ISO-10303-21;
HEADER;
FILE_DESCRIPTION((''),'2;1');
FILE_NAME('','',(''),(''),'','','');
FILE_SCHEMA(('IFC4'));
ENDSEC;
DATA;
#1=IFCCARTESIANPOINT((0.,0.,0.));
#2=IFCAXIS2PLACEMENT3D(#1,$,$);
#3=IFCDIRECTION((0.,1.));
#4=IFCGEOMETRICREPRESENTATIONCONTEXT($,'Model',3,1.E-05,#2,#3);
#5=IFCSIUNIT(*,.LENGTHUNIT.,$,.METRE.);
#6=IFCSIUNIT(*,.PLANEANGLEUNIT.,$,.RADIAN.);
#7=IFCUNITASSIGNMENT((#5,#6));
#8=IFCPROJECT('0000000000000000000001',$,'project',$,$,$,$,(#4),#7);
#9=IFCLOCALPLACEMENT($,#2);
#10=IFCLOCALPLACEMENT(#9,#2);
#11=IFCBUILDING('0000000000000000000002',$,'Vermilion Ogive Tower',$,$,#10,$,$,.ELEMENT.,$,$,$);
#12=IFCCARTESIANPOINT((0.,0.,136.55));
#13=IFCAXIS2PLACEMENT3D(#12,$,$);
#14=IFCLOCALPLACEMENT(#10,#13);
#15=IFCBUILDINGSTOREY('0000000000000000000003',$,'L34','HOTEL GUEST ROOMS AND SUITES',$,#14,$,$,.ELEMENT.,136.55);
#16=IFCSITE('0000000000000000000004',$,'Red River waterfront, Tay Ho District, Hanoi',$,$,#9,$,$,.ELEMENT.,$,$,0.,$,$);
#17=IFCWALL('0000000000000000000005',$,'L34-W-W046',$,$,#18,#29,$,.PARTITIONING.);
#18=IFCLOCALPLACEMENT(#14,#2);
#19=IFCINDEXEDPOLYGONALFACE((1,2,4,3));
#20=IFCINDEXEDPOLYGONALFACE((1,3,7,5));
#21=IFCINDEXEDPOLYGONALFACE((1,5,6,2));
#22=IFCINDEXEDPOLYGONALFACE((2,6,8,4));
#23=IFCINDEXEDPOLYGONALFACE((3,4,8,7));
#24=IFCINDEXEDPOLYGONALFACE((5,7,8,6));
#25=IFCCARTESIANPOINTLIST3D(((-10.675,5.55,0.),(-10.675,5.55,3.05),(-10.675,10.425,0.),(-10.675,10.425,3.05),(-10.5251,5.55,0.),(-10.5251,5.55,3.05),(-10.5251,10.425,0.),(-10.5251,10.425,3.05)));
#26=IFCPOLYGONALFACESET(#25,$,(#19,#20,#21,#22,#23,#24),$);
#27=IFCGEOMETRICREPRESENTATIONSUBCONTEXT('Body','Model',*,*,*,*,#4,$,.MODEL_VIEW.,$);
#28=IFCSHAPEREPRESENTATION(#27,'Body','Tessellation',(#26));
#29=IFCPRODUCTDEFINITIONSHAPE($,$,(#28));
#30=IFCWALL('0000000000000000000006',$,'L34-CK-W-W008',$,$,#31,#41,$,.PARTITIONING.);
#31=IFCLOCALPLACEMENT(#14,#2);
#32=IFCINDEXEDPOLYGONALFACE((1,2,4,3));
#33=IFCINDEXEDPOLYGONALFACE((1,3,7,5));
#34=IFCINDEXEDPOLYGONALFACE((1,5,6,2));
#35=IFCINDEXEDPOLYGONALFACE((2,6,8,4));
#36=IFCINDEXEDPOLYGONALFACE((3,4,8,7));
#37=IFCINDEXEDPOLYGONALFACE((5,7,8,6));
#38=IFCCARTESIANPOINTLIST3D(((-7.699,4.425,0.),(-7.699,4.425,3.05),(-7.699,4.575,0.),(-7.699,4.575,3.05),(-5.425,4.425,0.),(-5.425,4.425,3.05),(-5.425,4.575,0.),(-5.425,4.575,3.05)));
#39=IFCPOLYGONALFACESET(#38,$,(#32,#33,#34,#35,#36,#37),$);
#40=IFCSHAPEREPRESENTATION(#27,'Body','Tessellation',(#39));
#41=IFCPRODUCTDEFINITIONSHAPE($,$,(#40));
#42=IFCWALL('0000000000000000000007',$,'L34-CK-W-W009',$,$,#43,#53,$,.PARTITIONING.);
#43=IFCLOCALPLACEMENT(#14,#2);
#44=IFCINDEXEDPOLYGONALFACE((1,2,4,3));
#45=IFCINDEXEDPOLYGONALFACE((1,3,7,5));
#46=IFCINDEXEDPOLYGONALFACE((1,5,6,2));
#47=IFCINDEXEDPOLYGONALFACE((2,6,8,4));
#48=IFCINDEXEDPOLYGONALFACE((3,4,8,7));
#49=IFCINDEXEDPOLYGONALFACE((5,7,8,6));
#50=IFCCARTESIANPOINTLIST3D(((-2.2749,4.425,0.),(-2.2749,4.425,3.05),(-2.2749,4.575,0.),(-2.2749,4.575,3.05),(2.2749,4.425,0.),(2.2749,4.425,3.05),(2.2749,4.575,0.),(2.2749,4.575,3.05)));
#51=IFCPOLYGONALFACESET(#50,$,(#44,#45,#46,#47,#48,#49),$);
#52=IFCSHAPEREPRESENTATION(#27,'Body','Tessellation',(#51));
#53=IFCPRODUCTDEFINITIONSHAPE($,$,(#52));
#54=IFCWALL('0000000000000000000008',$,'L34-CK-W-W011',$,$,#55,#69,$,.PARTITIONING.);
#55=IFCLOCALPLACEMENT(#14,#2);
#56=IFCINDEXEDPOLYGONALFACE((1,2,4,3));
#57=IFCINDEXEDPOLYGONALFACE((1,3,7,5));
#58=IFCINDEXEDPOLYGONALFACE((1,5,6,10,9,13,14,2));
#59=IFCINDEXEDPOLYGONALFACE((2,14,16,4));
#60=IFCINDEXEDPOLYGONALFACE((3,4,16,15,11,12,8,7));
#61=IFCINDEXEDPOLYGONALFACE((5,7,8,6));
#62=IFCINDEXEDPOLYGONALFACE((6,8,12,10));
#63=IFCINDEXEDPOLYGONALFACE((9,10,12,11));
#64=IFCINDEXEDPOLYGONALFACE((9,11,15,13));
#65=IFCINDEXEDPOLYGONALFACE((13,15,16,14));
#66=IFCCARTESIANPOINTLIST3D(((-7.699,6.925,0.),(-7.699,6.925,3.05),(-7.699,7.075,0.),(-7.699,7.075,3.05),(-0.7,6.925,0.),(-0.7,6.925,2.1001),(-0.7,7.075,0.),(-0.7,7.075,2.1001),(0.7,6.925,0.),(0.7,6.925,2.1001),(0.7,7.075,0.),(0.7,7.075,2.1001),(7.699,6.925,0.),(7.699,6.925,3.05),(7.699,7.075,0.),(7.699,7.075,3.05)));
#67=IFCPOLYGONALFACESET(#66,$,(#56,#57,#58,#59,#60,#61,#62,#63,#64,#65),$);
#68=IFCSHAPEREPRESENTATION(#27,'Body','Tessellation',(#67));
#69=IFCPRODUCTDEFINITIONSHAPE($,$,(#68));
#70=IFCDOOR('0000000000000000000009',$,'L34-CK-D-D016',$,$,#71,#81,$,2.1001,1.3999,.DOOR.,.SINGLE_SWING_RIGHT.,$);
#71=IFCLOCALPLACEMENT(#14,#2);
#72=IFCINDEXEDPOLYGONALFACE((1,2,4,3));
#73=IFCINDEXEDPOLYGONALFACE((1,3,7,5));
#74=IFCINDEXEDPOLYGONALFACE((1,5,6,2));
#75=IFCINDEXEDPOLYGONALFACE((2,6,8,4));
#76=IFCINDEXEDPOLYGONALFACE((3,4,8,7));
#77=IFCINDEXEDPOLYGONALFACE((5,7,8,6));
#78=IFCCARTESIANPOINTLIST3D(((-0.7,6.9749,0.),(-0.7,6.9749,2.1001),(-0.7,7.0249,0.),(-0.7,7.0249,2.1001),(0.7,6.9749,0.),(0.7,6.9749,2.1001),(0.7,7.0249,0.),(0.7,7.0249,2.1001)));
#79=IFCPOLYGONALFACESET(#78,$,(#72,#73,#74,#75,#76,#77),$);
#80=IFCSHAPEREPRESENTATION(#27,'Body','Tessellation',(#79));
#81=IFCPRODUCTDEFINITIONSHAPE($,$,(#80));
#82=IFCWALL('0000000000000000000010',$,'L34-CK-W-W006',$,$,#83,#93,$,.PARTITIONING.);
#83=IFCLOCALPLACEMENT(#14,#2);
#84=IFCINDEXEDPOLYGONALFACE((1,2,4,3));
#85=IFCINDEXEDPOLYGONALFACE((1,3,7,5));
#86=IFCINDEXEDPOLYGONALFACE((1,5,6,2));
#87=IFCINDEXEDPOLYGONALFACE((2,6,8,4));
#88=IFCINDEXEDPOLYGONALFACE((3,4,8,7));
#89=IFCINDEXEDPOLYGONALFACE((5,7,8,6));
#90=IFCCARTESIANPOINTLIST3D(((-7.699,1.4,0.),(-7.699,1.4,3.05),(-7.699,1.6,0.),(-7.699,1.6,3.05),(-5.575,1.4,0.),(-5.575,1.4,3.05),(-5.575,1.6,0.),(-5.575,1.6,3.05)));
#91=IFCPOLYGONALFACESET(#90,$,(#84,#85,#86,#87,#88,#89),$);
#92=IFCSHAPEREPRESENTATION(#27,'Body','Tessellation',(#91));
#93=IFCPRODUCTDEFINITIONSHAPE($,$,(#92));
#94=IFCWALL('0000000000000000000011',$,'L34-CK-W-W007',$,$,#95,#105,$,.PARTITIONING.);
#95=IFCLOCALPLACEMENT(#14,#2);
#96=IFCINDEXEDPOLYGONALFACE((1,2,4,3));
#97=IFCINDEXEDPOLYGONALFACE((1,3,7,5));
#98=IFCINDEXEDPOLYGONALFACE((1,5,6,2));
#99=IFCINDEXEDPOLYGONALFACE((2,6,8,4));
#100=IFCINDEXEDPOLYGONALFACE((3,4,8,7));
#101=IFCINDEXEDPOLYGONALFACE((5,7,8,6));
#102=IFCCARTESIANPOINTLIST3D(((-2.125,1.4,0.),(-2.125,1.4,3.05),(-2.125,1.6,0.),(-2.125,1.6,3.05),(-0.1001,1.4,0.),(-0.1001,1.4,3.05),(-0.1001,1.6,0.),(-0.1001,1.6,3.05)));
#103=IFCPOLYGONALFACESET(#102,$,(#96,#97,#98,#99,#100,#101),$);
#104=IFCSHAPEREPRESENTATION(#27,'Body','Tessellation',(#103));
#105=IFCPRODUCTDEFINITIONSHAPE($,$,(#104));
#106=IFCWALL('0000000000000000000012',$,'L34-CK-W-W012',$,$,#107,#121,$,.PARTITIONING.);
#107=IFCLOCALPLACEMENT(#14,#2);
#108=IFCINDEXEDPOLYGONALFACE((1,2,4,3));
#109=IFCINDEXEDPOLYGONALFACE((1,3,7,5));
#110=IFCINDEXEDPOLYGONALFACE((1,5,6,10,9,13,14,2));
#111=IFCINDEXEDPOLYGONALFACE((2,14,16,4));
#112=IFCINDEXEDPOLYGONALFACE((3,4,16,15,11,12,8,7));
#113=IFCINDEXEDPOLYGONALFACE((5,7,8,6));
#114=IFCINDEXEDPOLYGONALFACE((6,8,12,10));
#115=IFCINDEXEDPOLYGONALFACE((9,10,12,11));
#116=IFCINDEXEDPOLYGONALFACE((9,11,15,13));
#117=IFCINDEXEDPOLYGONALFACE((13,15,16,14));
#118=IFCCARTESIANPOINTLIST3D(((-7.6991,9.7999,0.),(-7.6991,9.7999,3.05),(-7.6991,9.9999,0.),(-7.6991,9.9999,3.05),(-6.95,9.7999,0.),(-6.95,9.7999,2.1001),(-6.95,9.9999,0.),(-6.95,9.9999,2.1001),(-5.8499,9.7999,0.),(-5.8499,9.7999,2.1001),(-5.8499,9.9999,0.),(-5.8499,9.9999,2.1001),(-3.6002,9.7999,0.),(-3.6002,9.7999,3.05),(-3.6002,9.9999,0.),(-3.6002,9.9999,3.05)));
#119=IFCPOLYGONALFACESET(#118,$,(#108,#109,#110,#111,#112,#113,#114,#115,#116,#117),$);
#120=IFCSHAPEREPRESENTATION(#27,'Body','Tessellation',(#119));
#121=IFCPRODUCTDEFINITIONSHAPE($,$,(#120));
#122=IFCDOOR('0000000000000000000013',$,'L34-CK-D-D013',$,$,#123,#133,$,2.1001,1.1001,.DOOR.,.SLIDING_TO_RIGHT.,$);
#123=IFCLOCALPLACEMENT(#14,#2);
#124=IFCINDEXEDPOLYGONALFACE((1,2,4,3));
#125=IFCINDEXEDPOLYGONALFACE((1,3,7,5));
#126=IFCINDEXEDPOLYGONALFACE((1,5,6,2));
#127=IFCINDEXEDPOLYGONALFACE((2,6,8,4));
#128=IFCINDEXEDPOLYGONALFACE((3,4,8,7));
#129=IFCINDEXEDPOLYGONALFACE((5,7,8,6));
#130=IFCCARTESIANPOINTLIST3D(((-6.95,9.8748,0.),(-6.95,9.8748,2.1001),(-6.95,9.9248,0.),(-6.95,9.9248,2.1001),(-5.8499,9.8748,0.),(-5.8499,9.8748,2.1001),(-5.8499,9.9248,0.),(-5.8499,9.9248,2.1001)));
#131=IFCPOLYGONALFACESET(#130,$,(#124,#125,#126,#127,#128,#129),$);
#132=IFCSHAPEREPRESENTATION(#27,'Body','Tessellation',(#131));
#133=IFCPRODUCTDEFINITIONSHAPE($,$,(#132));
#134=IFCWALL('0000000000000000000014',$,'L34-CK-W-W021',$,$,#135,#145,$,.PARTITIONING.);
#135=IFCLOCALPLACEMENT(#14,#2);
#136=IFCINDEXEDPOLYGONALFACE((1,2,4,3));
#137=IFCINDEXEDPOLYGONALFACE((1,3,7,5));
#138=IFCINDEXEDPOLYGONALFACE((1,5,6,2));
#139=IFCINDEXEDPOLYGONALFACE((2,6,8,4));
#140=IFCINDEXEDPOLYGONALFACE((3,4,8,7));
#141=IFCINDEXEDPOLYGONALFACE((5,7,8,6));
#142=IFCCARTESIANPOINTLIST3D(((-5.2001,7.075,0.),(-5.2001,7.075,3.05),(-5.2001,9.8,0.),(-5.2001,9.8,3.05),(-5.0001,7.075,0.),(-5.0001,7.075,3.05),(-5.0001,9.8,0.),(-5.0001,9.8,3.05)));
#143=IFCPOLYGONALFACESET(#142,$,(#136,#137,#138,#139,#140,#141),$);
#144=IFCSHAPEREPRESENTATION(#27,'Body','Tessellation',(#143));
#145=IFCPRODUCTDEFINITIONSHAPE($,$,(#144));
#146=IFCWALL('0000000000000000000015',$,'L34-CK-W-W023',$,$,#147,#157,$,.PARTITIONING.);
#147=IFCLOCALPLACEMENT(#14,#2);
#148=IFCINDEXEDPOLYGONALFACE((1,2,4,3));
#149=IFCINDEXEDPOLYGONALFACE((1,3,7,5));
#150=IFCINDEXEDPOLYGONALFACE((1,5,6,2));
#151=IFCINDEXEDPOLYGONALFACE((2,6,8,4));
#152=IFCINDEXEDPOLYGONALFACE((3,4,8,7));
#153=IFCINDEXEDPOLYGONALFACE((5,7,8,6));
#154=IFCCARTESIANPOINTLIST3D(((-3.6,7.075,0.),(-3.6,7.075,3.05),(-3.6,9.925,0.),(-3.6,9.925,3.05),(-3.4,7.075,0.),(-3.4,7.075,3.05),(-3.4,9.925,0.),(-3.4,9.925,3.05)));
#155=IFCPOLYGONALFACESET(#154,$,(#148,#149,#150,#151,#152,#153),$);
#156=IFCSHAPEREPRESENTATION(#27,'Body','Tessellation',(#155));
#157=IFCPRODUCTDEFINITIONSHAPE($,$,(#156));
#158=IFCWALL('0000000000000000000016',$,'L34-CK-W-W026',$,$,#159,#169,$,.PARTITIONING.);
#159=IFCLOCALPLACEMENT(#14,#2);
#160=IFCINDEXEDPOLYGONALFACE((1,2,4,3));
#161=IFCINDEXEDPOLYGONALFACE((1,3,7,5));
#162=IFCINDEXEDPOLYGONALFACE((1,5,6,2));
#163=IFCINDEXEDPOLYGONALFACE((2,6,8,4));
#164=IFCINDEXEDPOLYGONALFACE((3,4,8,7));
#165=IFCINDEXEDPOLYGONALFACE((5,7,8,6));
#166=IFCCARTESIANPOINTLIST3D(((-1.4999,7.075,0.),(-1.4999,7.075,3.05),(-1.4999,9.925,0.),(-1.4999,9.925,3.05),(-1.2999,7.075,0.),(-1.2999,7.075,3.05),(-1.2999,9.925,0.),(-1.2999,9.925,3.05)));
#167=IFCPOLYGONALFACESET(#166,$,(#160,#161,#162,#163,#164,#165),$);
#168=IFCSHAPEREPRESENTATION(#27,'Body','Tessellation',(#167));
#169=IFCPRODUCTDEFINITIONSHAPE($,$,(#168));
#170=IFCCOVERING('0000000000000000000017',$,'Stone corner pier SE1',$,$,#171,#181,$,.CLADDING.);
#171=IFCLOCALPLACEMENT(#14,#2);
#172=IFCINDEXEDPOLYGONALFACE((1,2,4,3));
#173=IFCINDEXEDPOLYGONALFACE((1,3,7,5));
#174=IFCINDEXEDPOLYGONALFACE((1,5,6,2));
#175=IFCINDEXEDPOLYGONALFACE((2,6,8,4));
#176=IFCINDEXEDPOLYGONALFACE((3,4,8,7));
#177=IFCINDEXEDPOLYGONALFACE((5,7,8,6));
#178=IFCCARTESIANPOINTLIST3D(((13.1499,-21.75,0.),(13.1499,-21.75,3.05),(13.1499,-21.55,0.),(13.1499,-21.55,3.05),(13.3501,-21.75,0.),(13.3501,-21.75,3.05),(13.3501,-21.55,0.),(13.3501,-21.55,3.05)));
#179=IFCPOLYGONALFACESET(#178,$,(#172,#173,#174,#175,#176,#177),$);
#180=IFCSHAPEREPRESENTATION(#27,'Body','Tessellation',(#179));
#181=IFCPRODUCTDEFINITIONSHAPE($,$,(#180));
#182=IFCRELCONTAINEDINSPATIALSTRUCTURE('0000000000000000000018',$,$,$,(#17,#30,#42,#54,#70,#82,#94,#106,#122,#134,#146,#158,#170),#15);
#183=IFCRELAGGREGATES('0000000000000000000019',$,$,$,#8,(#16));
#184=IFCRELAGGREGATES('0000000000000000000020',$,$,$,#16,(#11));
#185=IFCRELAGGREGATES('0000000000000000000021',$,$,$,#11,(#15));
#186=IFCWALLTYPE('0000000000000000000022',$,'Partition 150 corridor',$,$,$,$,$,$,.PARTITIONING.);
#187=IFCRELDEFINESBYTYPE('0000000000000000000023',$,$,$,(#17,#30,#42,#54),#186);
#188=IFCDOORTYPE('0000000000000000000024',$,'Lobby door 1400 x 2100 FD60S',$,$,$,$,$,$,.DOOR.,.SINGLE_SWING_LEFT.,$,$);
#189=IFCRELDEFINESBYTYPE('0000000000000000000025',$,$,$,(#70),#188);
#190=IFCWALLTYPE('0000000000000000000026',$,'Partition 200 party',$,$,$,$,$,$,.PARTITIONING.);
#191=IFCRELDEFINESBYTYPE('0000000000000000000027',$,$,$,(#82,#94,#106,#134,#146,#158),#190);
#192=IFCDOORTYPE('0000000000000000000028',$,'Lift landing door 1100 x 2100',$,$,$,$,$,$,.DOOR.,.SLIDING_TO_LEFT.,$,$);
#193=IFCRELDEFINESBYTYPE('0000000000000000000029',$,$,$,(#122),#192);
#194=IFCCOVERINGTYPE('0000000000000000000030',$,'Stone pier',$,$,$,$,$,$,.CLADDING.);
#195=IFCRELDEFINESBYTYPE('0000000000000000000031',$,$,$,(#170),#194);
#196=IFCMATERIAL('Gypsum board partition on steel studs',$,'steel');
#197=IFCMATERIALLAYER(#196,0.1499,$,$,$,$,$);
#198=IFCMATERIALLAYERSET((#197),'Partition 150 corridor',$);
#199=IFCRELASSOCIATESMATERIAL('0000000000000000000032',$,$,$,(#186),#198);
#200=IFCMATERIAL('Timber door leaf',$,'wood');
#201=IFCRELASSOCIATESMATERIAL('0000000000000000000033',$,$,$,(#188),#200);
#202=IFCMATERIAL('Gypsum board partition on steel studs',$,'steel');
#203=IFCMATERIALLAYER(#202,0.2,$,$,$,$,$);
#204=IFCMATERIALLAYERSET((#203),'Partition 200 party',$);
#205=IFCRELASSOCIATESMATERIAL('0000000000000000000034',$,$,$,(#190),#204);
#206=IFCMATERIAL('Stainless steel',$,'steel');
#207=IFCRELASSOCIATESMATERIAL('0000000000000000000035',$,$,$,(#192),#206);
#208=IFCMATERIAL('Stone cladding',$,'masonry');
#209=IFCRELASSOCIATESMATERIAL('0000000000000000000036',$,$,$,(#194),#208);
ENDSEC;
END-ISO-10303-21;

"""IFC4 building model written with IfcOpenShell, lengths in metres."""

from ifc_helpers import new_model, si_unit, direction, frame, frame_2d, origin, place, context, subcontext, project, spatial, polyline, rectangle, outline, extrude, material, layer, layer_set, type_object, element, fill, save


model = new_model("IFC4")

# Units and contexts
model_context = context("Model", 3, precision=1e-05, world=origin(), true_north=direction((0.0, 1.0)))
body_context = subcontext(model_context, "Body", "Model", "MODEL_VIEW")
ifc_project = project(units=[si_unit("LENGTHUNIT", "METRE"), si_unit("PLANEANGLEUNIT", "RADIAN")], contexts=[model_context])

# Site, building, storey
site_placement = place(None, origin())
site = spatial("IfcSite", under=ifc_project, at=site_placement, Name="Red River waterfront, Tay Ho District, Hanoi", CompositionType="ELEMENT", RefElevation=0.0)
building_placement = place(site_placement, origin())
building = spatial("IfcBuilding", under=site, at=building_placement, Name="Vermilion Ogive Tower", CompositionType="ELEMENT")
storey_placement = place(building_placement, frame((0.0, 0.0, 136.55)))
storey = spatial("IfcBuildingStorey", under=building, at=storey_placement, Name="L34", Description="HOTEL GUEST ROOMS AND SUITES", CompositionType="ELEMENT", Elevation=136.55)

# Walls
ifc_material_1 = material(Name="Gypsum board partition on steel studs", Category="steel")
ifc_layer_1 = layer(ifc_material_1, 0.1499)
ifc_layer_set_1 = layer_set([ifc_layer_1], Name="Partition 150 corridor")
wall_type_1 = type_object("IfcWallType", Name="Partition 150 corridor", PredefinedType="PARTITIONING", material=ifc_layer_set_1)
wall_1_placement = place(storey_placement, frame((-10.6001, 5.55, 0.0), z_axis=(0.0, 0.0, 1.0), x_axis=(0.0, 1.0, 0.0)))
element("IfcWall", 1, at=wall_1_placement, inside=storey, type_object=wall_type_1, Name="L34-W-W046", PredefinedType="PARTITIONING", context=body_context, shape_type="SweptSolid", body=[
    extrude(rectangle(XDim=4.875, YDim=0.1499, at=frame_2d((2.4375, 0.0))), origin(), (0.0, 0.0, 1.0), 3.05),
])
wall_2_placement = place(storey_placement, frame((-7.699, 4.5, 0.0), z_axis=(0.0, 0.0, 1.0), x_axis=(1.0, 0.0, 0.0)))
element("IfcWall", 2, at=wall_2_placement, inside=storey, type_object=wall_type_1, Name="L34-CK-W-W008", PredefinedType="PARTITIONING", context=body_context, shape_type="SweptSolid", body=[
    extrude(rectangle(XDim=2.2739, YDim=0.1499, at=frame_2d((1.137, 0.0))), origin(), (0.0, 0.0, 1.0), 3.05),
])
wall_3_placement = place(storey_placement, frame((-2.2749, 4.5, 0.0), z_axis=(0.0, 0.0, 1.0), x_axis=(1.0, 0.0, 0.0)))
element("IfcWall", 3, at=wall_3_placement, inside=storey, type_object=wall_type_1, Name="L34-CK-W-W009", PredefinedType="PARTITIONING", context=body_context, shape_type="SweptSolid", body=[
    extrude(rectangle(XDim=4.5498, YDim=0.1499, at=frame_2d((2.2749, 0.0))), origin(), (0.0, 0.0, 1.0), 3.05),
])

# Wall, opening, door
wall_4_placement = place(storey_placement, frame((-7.699, 7.0, 0.0), z_axis=(0.0, 0.0, 1.0), x_axis=(1.0, 0.0, 0.0)))
wall_4 = element("IfcWall", 4, at=wall_4_placement, inside=storey, type_object=wall_type_1, Name="L34-CK-W-W011", PredefinedType="PARTITIONING", context=body_context, shape_type="SweptSolid", body=[
    extrude(rectangle(XDim=15.3979, YDim=0.1499, at=frame_2d((7.699, 0.0))), origin(), (0.0, 0.0, 1.0), 3.05),
])
opening_1_placement = place(wall_4_placement, frame((6.999, 0.0, 0.0)))
opening_1 = element("IfcOpeningElement", 5, at=opening_1_placement, cuts=wall_4, PredefinedType="OPENING", context=body_context, shape_type="SweptSolid", body=[
    extrude(rectangle(XDim=1.3999, YDim=2.1001, at=frame_2d((0.7, 1.05))), frame((0.0, 0.085, 0.0), z_axis=(0.0, -1.0, 0.0), x_axis=(1.0, 0.0, 0.0)), (0.0, 0.0, 1.0), 0.1699),
])
ifc_material_2 = material(Name="Timber door leaf", Category="wood")
door_type_1 = type_object("IfcDoorType", Name="Lobby door 1400 x 2100 FD60S", OperationType="SINGLE_SWING_LEFT", PredefinedType="DOOR", material=ifc_material_2)
door_1_placement = place(opening_1_placement, origin())
door_1 = element("IfcDoor", 6, at=door_1_placement, inside=storey, type_object=door_type_1, Name="L34-CK-D-D016", OperationType="SINGLE_SWING_RIGHT", OverallHeight=2.1001, OverallWidth=1.3999, PredefinedType="DOOR", context=body_context, shape_type="SweptSolid", body=[
    extrude(rectangle(XDim=1.3999, YDim=2.1001, at=frame_2d((0.7, 1.05))), frame((0.0, 0.0249, 0.0), z_axis=(0.0, -1.0, 0.0), x_axis=(1.0, 0.0, 0.0)), (0.0, 0.0, 1.0), 0.05),
])
fill(opening_1, door_1)

# Walls
ifc_material_3 = material(Name="Gypsum board partition on steel studs", Category="steel")
ifc_layer_2 = layer(ifc_material_3, 0.2)
ifc_layer_set_2 = layer_set([ifc_layer_2], Name="Partition 200 party")
wall_type_2 = type_object("IfcWallType", Name="Partition 200 party", PredefinedType="PARTITIONING", material=ifc_layer_set_2)
wall_5_placement = place(storey_placement, frame((-7.699, 1.5, 0.0), z_axis=(0.0, 0.0, 1.0), x_axis=(1.0, 0.0, 0.0)))
element("IfcWall", 7, at=wall_5_placement, inside=storey, type_object=wall_type_2, Name="L34-CK-W-W006", PredefinedType="PARTITIONING", context=body_context, shape_type="SweptSolid", body=[
    extrude(rectangle(XDim=2.124, YDim=0.2, at=frame_2d((1.062, 0.0))), origin(), (0.0, 0.0, 1.0), 3.05),
])
wall_6_placement = place(storey_placement, frame((-2.125, 1.5, 0.0), z_axis=(0.0, 0.0, 1.0), x_axis=(1.0, 0.0, 0.0)))
element("IfcWall", 8, at=wall_6_placement, inside=storey, type_object=wall_type_2, Name="L34-CK-W-W007", PredefinedType="PARTITIONING", context=body_context, shape_type="SweptSolid", body=[
    extrude(rectangle(XDim=2.0249, YDim=0.2, at=frame_2d((1.0125, 0.0))), origin(), (0.0, 0.0, 1.0), 3.05),
])

# Wall, opening, door
wall_7_placement = place(storey_placement, frame((-7.699, 9.8999, 0.0), z_axis=(0.0, 0.0, 1.0), x_axis=(1.0, 0.0, 0.0)))
wall_7 = element("IfcWall", 9, at=wall_7_placement, inside=storey, type_object=wall_type_2, Name="L34-CK-W-W012", PredefinedType="PARTITIONING", context=body_context, shape_type="SweptSolid", body=[
    extrude(rectangle(XDim=4.0989, YDim=0.2, at=frame_2d((2.0493, 0.0))), origin(), (0.0, 0.0, 1.0), 3.05),
])
opening_2_placement = place(wall_7_placement, frame((0.749, 0.0, 0.0)))
opening_2 = element("IfcOpeningElement", 10, at=opening_2_placement, cuts=wall_7, PredefinedType="OPENING", context=body_context, shape_type="SweptSolid", body=[
    extrude(rectangle(XDim=1.1001, YDim=2.1001, at=frame_2d((0.55, 1.05))), frame((0.0, 0.1099, 0.0), z_axis=(0.0, -1.0, 0.0), x_axis=(1.0, 0.0, 0.0)), (0.0, 0.0, 1.0), 0.22),
])
ifc_material_4 = material(Name="Stainless steel", Category="steel")
door_type_2 = type_object("IfcDoorType", Name="Lift landing door 1100 x 2100", OperationType="SLIDING_TO_LEFT", PredefinedType="DOOR", material=ifc_material_4)
door_2_placement = place(opening_2_placement, origin())
door_2 = element("IfcDoor", 11, at=door_2_placement, inside=storey, type_object=door_type_2, Name="L34-CK-D-D013", OperationType="SLIDING_TO_RIGHT", OverallHeight=2.1001, OverallWidth=1.1001, PredefinedType="DOOR", context=body_context, shape_type="SweptSolid", body=[
    extrude(rectangle(XDim=1.1001, YDim=2.1001, at=frame_2d((0.55, 1.05))), frame((0.0, 0.0249, 0.0), z_axis=(0.0, -1.0, 0.0), x_axis=(1.0, 0.0, 0.0)), (0.0, 0.0, 1.0), 0.05),
])
fill(opening_2, door_2)

# Walls
wall_8_placement = place(storey_placement, frame((-5.1001, 7.075, 0.0), z_axis=(0.0, 0.0, 1.0), x_axis=(0.0, 1.0, 0.0)))
element("IfcWall", 12, at=wall_8_placement, inside=storey, type_object=wall_type_2, Name="L34-CK-W-W021", PredefinedType="PARTITIONING", context=body_context, shape_type="SweptSolid", body=[
    extrude(rectangle(XDim=2.7251, YDim=0.2, at=frame_2d((1.3625, 0.0))), origin(), (0.0, 0.0, 1.0), 3.05),
])
for number, where, z_axis, x_axis, name in (
    (13, (-3.5, 7.075, 0.0), (0.0, 0.0, 1.0), (0.0, 1.0, 0.0), "L34-CK-W-W023"),
    (14, (-1.3999, 7.075, 0.0), (0.0, 0.0, 1.0), (0.0, 1.0, 0.0), "L34-CK-W-W026"),
):
    element("IfcWall", number, at=place(storey_placement, frame(where, z_axis=z_axis, x_axis=x_axis)), inside=storey, type_object=wall_type_2, Name=name, PredefinedType="PARTITIONING", context=body_context, shape_type="SweptSolid", body=[
        extrude(rectangle(XDim=2.8501, YDim=0.2, at=frame_2d((1.425, 0.0))), origin(), (0.0, 0.0, 1.0), 3.05),
    ])

# Covering
ifc_material_5 = material(Name="Stone cladding", Category="masonry")
covering_type = type_object("IfcCoveringType", Name="Stone pier", PredefinedType="CLADDING", material=ifc_material_5)
covering_1_placement = place(storey_placement, origin())
element("IfcCovering", 15, at=covering_1_placement, inside=storey, type_object=covering_type, Name="Stone corner pier SE1", PredefinedType="CLADDING", context=body_context, shape_type="SweptSolid", body=[
    extrude(outline(polyline([(13.1499, -21.75), (13.1499, -21.55), (13.3501, -21.55), (13.3501, -21.75), (13.1499, -21.75)])), origin(), (0.0, 0.0, 1.0), 3.05),
])

save(model, "model.ifc")
